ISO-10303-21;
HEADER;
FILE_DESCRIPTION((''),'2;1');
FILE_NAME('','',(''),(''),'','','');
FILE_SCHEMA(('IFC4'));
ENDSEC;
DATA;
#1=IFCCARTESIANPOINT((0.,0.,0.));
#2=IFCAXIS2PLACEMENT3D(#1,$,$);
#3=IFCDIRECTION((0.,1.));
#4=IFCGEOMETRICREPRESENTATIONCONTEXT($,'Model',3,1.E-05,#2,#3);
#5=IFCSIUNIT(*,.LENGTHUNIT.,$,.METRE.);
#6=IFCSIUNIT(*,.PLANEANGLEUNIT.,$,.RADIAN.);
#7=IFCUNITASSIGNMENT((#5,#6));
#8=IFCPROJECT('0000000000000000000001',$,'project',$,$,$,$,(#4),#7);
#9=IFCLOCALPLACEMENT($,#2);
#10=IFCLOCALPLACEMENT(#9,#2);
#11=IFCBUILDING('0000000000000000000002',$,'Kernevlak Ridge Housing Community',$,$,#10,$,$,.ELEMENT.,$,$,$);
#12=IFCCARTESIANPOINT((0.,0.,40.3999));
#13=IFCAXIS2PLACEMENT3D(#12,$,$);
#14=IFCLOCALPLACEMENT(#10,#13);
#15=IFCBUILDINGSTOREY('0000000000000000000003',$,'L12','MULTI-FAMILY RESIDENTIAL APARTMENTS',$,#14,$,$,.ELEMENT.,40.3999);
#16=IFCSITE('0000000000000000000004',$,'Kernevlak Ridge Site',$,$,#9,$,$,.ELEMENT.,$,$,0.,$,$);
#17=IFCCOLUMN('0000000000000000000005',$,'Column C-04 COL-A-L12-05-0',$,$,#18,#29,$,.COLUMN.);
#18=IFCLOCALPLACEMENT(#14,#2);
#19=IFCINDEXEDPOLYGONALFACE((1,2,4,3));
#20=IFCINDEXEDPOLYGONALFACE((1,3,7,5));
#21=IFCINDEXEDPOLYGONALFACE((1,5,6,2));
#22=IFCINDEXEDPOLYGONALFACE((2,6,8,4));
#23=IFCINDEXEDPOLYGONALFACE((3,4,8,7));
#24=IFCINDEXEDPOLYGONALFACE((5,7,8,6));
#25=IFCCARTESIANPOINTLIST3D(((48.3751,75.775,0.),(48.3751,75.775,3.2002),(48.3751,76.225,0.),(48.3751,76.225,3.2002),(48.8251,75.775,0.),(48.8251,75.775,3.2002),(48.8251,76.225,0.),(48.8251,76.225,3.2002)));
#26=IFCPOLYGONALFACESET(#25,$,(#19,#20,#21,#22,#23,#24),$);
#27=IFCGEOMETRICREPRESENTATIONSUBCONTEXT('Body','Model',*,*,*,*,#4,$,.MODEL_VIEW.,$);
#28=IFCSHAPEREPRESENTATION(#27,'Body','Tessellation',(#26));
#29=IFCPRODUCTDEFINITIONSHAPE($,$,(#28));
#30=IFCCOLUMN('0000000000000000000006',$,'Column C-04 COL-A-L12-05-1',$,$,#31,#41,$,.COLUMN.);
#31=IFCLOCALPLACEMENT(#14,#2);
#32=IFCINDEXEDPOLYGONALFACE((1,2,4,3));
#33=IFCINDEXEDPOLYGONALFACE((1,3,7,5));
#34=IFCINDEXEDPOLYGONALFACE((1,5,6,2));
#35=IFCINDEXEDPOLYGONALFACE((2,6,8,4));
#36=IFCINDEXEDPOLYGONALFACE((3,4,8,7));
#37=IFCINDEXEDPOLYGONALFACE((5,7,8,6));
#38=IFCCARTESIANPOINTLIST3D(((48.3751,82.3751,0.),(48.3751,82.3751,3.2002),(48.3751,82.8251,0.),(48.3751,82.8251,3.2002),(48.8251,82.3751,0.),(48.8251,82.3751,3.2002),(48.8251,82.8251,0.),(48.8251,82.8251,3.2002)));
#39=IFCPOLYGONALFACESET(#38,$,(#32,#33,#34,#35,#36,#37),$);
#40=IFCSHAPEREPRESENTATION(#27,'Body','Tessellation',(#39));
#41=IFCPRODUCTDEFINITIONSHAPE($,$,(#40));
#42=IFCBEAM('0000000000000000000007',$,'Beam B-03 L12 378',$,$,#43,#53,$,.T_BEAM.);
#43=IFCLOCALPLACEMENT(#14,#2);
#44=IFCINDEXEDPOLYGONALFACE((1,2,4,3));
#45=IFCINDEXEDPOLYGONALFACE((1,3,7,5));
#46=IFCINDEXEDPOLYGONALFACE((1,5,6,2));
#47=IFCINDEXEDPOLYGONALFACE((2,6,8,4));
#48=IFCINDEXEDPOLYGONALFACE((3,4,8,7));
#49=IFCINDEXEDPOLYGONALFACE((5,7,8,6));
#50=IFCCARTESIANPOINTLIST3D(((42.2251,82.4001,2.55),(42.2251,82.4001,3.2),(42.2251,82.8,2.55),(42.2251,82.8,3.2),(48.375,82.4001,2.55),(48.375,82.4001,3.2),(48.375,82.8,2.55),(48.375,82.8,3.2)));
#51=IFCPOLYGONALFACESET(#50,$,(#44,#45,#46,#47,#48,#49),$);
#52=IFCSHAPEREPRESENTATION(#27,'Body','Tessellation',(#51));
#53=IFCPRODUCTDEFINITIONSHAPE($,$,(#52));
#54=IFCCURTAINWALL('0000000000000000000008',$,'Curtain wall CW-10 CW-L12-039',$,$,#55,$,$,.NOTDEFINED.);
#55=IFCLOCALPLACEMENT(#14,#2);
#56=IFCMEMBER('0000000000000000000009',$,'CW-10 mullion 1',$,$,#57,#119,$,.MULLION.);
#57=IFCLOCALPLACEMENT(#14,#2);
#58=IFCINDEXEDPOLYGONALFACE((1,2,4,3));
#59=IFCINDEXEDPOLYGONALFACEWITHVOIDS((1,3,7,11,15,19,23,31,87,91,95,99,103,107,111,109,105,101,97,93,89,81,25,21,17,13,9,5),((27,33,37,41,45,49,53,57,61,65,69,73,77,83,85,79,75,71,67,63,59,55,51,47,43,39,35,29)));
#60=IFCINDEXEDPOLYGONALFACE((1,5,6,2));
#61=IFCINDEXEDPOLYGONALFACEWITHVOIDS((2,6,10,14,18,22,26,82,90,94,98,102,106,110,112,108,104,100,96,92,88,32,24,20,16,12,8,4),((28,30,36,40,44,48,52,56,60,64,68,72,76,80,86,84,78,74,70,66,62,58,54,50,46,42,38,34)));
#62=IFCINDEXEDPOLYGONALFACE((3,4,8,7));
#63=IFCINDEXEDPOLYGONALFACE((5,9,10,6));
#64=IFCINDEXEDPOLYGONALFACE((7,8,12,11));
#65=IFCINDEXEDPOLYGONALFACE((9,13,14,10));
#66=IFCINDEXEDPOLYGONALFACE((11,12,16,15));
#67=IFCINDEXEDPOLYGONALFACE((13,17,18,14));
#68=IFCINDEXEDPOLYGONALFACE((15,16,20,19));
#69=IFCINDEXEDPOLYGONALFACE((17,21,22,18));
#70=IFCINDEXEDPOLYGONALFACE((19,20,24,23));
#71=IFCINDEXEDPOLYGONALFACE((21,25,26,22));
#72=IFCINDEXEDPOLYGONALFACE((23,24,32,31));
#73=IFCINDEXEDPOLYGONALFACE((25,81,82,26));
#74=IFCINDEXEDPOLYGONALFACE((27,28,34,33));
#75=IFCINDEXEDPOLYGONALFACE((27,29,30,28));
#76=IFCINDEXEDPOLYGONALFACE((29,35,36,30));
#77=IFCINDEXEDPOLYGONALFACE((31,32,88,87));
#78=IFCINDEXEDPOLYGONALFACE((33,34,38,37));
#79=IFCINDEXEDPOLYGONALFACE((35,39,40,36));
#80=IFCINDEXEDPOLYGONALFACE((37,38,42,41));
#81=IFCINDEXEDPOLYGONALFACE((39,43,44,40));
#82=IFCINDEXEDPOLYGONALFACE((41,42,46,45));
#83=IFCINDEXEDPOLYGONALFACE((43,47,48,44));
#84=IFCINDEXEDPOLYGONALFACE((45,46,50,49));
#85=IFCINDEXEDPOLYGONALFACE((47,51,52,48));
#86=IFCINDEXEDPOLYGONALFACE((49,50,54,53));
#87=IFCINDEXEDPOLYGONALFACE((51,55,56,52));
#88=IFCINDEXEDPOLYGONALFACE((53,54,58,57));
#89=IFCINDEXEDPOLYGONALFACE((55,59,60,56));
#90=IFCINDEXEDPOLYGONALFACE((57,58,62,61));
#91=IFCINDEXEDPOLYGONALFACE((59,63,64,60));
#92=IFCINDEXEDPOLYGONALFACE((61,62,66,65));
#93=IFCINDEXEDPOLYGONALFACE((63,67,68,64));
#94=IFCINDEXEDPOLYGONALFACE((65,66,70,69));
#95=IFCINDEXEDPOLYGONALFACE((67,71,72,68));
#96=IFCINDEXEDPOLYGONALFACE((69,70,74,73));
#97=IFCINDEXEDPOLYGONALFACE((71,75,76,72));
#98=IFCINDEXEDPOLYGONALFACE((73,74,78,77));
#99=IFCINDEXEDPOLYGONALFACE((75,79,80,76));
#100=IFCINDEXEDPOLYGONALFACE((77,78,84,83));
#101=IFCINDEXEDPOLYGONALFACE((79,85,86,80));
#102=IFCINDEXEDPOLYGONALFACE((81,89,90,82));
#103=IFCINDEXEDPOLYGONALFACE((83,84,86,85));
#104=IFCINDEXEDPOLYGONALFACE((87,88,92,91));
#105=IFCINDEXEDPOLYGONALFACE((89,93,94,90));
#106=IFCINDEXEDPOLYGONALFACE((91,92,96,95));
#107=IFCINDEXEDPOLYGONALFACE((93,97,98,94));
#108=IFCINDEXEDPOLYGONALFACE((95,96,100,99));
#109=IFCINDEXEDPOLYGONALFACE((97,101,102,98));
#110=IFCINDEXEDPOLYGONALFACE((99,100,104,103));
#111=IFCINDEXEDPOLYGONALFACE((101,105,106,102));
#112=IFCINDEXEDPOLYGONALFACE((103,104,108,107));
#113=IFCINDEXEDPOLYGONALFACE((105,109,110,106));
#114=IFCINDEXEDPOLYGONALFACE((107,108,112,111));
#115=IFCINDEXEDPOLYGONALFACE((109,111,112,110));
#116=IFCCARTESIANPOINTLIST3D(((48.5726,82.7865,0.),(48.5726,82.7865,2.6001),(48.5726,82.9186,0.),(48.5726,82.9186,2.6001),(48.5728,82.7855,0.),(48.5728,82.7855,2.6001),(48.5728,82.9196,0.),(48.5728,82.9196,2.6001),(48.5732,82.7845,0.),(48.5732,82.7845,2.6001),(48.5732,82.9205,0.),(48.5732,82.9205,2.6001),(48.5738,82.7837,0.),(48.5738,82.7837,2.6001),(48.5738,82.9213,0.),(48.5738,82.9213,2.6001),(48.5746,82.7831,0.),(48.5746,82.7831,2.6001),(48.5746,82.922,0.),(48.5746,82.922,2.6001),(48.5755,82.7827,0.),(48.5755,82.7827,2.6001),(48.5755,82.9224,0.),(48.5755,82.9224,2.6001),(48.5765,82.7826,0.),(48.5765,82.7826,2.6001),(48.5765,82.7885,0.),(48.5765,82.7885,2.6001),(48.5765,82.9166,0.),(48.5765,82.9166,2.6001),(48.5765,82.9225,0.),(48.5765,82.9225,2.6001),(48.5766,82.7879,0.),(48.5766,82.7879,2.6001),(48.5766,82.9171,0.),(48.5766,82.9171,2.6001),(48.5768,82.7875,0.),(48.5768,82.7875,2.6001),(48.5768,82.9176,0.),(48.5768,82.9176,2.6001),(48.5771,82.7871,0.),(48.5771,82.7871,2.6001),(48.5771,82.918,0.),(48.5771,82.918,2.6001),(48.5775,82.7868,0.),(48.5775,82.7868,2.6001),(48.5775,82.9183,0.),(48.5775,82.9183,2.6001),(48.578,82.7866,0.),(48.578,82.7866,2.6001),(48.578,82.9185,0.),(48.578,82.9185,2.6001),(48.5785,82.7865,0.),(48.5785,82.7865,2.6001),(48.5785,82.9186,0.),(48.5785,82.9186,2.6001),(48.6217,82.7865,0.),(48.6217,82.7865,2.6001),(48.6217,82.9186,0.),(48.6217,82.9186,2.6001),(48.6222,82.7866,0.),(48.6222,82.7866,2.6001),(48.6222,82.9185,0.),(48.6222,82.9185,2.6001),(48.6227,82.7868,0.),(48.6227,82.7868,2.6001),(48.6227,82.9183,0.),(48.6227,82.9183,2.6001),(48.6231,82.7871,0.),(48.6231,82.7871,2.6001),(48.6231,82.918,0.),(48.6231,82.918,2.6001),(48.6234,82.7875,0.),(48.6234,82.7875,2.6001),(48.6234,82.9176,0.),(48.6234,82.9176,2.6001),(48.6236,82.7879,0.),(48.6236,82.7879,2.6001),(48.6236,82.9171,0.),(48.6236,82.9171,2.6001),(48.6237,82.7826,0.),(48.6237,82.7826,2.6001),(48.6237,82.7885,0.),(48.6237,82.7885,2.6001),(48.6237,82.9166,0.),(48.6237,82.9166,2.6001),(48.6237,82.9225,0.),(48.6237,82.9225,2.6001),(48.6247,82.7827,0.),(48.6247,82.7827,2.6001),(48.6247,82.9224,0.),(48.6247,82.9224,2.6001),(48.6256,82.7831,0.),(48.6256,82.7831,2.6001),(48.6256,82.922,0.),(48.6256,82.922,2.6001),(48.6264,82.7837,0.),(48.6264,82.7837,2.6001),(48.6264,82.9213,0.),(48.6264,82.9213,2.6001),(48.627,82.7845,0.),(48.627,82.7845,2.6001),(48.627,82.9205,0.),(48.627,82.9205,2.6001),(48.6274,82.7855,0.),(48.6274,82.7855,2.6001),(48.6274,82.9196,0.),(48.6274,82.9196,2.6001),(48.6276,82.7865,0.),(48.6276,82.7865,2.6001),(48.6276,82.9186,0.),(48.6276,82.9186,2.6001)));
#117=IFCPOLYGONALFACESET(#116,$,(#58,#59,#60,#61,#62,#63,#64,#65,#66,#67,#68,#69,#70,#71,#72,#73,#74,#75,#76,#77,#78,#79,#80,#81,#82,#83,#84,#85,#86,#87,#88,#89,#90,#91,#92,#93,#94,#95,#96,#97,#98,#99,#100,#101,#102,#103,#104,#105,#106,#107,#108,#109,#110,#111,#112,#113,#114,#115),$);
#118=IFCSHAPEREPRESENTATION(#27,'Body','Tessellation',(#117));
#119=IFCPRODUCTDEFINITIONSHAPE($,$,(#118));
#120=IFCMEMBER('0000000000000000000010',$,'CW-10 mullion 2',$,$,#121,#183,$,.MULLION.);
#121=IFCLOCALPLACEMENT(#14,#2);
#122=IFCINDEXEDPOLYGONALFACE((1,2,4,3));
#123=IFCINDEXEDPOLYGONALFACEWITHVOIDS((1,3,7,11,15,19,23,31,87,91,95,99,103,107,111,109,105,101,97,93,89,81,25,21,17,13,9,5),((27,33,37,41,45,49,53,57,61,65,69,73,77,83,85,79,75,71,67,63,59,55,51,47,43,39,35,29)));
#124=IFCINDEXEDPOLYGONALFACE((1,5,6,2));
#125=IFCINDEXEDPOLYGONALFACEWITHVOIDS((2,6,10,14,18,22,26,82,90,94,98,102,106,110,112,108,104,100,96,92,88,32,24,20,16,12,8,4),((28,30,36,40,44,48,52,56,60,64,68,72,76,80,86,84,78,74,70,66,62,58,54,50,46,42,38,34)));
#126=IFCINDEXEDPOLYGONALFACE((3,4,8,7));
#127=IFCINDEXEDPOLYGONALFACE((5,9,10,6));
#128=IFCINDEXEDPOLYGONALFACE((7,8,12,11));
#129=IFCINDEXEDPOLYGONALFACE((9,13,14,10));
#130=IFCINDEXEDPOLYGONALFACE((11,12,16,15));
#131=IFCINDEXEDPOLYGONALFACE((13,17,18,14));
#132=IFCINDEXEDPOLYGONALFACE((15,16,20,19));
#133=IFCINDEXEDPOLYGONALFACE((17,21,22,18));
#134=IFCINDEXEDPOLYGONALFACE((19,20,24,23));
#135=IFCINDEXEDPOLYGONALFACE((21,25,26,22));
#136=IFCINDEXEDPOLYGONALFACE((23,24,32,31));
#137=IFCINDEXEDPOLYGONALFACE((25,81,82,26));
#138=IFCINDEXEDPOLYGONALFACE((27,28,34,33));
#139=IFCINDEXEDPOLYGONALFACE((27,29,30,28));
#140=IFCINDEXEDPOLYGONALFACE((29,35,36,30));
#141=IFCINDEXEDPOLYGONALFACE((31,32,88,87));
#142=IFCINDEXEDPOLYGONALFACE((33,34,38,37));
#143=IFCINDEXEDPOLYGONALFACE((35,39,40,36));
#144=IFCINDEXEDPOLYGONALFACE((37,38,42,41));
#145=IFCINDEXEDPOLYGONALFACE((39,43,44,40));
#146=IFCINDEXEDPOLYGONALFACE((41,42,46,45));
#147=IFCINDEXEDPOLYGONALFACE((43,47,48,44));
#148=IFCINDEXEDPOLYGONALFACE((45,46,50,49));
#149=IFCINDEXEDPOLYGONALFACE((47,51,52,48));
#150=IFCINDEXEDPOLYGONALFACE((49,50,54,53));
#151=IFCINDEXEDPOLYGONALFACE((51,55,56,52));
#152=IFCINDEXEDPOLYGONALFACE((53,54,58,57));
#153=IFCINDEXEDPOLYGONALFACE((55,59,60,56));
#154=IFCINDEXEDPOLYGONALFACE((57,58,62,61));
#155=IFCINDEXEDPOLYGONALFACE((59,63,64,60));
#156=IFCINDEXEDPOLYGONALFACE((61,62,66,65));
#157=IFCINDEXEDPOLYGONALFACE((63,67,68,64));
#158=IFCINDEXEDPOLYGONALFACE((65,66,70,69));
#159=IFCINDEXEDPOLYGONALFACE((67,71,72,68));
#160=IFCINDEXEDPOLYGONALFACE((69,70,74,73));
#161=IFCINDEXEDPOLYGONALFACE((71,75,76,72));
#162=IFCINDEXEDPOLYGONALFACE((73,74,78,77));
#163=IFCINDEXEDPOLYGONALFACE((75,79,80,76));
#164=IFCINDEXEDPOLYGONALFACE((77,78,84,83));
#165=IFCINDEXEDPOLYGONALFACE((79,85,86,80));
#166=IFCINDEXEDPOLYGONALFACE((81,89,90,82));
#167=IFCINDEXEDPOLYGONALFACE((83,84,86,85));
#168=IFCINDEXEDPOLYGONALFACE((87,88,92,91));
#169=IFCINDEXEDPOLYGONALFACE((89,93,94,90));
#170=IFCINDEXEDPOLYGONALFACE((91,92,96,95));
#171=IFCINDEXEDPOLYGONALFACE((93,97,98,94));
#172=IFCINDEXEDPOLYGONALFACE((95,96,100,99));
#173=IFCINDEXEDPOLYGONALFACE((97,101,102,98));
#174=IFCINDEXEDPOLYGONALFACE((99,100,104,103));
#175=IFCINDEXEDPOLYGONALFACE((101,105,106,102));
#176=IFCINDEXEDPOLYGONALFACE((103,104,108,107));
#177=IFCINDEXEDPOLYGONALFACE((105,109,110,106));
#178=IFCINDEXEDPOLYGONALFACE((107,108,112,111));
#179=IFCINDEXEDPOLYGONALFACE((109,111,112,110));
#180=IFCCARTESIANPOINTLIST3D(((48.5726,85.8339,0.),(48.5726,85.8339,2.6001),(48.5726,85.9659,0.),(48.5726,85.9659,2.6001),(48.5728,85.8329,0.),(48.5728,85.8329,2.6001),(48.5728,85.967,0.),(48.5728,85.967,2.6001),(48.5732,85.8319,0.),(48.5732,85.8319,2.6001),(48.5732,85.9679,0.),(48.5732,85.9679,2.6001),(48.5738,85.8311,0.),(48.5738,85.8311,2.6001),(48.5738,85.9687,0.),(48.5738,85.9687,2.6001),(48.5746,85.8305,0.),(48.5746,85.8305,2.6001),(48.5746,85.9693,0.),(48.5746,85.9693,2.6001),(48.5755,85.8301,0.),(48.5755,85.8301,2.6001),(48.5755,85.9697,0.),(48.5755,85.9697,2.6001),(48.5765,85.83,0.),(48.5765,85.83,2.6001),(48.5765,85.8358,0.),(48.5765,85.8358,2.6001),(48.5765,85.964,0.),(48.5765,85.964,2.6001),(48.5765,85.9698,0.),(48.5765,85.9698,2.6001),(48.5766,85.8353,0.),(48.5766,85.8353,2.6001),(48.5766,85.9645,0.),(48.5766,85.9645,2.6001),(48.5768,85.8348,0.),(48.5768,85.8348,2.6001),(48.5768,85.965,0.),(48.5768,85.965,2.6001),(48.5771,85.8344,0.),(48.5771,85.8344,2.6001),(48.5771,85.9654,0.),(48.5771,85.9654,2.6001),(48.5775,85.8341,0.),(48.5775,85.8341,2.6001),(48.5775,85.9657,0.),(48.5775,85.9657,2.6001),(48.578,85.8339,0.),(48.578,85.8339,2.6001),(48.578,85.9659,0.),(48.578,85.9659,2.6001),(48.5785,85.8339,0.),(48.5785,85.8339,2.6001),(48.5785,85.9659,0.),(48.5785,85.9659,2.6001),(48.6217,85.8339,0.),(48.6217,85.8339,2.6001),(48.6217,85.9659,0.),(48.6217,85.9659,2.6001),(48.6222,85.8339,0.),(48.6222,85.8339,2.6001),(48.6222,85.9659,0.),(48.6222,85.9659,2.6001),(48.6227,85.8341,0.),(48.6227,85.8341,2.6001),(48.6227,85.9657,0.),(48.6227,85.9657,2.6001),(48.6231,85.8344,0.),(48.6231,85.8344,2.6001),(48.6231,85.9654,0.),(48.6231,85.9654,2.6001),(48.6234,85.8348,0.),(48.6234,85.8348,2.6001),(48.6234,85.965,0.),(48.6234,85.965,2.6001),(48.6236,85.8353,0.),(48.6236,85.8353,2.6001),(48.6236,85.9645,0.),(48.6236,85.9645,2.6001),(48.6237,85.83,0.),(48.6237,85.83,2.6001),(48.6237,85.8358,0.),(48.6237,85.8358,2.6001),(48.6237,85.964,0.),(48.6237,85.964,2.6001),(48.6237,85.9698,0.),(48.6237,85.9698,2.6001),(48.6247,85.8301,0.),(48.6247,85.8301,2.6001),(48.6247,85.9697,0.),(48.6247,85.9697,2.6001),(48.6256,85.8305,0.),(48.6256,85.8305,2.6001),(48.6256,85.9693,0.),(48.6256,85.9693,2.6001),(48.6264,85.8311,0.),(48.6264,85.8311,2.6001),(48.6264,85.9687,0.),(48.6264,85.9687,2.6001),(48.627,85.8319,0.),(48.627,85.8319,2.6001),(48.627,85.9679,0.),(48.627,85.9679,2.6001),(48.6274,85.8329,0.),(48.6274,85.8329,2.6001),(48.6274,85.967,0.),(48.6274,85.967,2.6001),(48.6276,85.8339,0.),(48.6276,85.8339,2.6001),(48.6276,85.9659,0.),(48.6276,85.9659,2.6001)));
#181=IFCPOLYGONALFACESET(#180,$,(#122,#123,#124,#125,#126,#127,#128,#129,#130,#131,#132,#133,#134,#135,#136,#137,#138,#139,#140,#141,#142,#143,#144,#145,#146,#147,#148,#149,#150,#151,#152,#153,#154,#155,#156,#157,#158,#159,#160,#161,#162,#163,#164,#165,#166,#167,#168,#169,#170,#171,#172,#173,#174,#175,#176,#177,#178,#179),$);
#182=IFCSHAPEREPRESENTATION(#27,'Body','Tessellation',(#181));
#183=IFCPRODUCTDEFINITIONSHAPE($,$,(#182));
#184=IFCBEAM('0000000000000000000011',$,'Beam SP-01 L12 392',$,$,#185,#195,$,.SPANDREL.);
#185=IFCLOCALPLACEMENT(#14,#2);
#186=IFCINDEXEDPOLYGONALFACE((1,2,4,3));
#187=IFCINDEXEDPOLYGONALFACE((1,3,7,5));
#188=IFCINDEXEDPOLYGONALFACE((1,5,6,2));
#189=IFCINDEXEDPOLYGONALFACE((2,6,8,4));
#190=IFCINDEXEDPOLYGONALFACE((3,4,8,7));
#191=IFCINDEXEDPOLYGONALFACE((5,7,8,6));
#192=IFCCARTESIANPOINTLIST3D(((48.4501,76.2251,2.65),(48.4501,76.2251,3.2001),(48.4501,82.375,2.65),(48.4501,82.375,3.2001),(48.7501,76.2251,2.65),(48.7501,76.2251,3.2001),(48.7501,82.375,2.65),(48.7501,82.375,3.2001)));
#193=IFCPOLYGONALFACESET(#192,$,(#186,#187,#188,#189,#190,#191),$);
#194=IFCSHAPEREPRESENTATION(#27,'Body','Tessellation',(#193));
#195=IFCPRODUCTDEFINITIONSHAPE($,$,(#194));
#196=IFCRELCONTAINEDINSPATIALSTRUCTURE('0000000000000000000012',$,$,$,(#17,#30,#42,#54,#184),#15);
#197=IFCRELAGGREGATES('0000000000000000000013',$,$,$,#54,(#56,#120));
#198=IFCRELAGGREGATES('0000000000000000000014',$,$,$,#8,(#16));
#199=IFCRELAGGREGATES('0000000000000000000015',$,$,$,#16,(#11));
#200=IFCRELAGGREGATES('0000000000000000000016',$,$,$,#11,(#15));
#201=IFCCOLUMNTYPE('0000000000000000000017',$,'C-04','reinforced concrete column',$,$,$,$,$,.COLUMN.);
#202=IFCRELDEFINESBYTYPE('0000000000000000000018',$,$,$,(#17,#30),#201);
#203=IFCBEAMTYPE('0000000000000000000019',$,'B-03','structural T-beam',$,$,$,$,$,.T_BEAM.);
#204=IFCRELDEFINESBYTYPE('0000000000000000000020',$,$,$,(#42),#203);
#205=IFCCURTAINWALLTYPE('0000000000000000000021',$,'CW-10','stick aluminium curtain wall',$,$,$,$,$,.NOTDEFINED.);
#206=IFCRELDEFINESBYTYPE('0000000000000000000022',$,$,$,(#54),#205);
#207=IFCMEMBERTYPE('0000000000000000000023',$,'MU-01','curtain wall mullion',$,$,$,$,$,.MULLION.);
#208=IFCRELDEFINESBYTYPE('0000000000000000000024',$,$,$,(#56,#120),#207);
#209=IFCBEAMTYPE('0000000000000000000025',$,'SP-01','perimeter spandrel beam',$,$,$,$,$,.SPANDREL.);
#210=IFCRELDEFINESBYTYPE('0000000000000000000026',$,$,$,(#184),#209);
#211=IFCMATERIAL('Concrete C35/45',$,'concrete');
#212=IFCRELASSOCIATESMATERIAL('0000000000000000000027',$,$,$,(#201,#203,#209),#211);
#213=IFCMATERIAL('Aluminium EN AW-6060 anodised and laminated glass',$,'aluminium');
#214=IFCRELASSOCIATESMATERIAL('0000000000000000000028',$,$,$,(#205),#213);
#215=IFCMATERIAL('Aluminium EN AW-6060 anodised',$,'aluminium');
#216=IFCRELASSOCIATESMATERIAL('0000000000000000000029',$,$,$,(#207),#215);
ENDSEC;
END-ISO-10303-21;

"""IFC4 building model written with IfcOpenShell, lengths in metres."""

from ifc_helpers import new_model, si_unit, direction, frame, origin, origin_2d, place, context, subcontext, project, spatial, rectangle, hollow_rectangle, extrude, material, material_profile, profile_set, type_object, element, aggregate, save


model = new_model("IFC4")

# Units and contexts
model_context = context("Model", 3, precision=1e-05, world=origin(), true_north=direction((0.0, 1.0)))
body_context = subcontext(model_context, "Body", "Model", "MODEL_VIEW")
ifc_project = project(units=[si_unit("LENGTHUNIT", "METRE"), si_unit("PLANEANGLEUNIT", "RADIAN")], contexts=[model_context])

# Site, building, storey
site_placement = place(None, origin())
site = spatial("IfcSite", under=ifc_project, at=site_placement, Name="Kernevlak Ridge Site", CompositionType="ELEMENT", RefElevation=0.0)
building_placement = place(site_placement, origin())
building = spatial("IfcBuilding", under=site, at=building_placement, Name="Kernevlak Ridge Housing Community", CompositionType="ELEMENT")
storey_placement = place(building_placement, frame((0.0, 0.0, 40.3999)))
storey = spatial("IfcBuildingStorey", under=building, at=storey_placement, Name="L12", Description="MULTI-FAMILY RESIDENTIAL APARTMENTS", CompositionType="ELEMENT", Elevation=40.3999)

# Columns
ifc_material_1 = material(Name="Concrete C35/45", Category="concrete")
ifc_material_profile_1 = material_profile(ifc_material_1, rectangle(XDim=0.45, YDim=0.45, at=origin_2d()), Name="RC 450x450")
ifc_profile_set_1 = profile_set([ifc_material_profile_1], Name="Concrete C35/45")
column_type = type_object("IfcColumnType", Name="C-04", Description="reinforced concrete column", PredefinedType="COLUMN", material=ifc_profile_set_1)
for number, where, z_axis, x_axis, name in (
    (1, (48.6001, 76.0, 0.0), (0.0, 0.0, 1.0), (1.0, 0.0, 0.0), "Column C-04 COL-A-L12-05-0"),
    (2, (48.6001, 82.6001, 0.0), (0.0, 0.0, 1.0), (1.0, 0.0, 0.0), "Column C-04 COL-A-L12-05-1"),
):
    element("IfcColumn", number, at=place(storey_placement, frame(where, z_axis=z_axis, x_axis=x_axis)), inside=storey, type_object=column_type, Name=name, PredefinedType="COLUMN", context=body_context, shape_type="SweptSolid", body=[
        extrude(rectangle(XDim=0.45, YDim=0.45, at=origin_2d()), origin(), (0.0, 0.0, 1.0), 3.2002),
    ])

# Beam
ifc_material_profile_2 = material_profile(ifc_material_1, rectangle(XDim=0.3999, YDim=0.6499, at=origin_2d()), Name="RC 400x650")
ifc_profile_set_2 = profile_set([ifc_material_profile_2], Name="Concrete C35/45")
beam_type_1 = type_object("IfcBeamType", Name="B-03", Description="structural T-beam", PredefinedType="T_BEAM", material=ifc_profile_set_2)
beam_1_placement = place(storey_placement, frame((42.2251, 82.6001, 2.875), z_axis=(1.0, 0.0, 0.0), x_axis=(0.0, 1.0, 0.0)))
element("IfcBeam", 3, at=beam_1_placement, inside=storey, type_object=beam_type_1, Name="Beam B-03 L12 378", PredefinedType="T_BEAM", context=body_context, shape_type="SweptSolid", body=[
    extrude(rectangle(XDim=0.3999, YDim=0.6499, at=origin_2d()), origin(), (0.0, 0.0, 1.0), 6.1499),
])

# Curtain wall, members
ifc_material_2 = material(Name="Aluminium EN AW-6060 anodised and laminated glass", Category="aluminium")
curtain_wall_type = type_object("IfcCurtainWallType", Name="CW-10", Description="stick aluminium curtain wall", PredefinedType="NOTDEFINED", material=ifc_material_2)
curtain_wall_placement = place(storey_placement, origin())
curtain_wall = element("IfcCurtainWall", 4, at=curtain_wall_placement, inside=storey, type_object=curtain_wall_type, Name="Curtain wall CW-10 CW-L12-039", PredefinedType="NOTDEFINED")
ifc_material_3 = material(Name="Aluminium EN AW-6060 anodised", Category="aluminium")
ifc_material_profile_3 = material_profile(ifc_material_3, hollow_rectangle(XDim=0.0549, YDim=0.1399, WallThickness=0.0039, InnerFilletRadius=0.002, OuterFilletRadius=0.0039, at=origin_2d()), Name="ALU 55x140x4")
ifc_profile_set_3 = profile_set([ifc_material_profile_3], Name="Aluminium EN AW-6060 anodised")
member_type_1 = type_object("IfcMemberType", Name="MU-01", Description="curtain wall mullion", PredefinedType="MULLION", material=ifc_profile_set_3)
member_1_placement = place(storey_placement, frame((48.6001, 82.8525, 0.0), z_axis=(0.0, 0.0, 1.0), x_axis=(-1.0, 0.0, 0.0)))
member_1 = element("IfcMember", 5, at=member_1_placement, type_object=member_type_1, Name="CW-10 mullion 1", PredefinedType="MULLION", context=body_context, shape_type="SweptSolid", body=[
    extrude(hollow_rectangle(XDim=0.0549, YDim=0.1399, WallThickness=0.0039, InnerFilletRadius=0.002, OuterFilletRadius=0.0039, at=origin_2d()), origin(), (0.0, 0.0, 1.0), 2.6001),
])
member_2_placement = place(storey_placement, frame((48.6001, 85.8999, 0.0), z_axis=(0.0, 0.0, 1.0), x_axis=(-1.0, 0.0, 0.0)))
member_2 = element("IfcMember", 6, at=member_2_placement, type_object=member_type_1, Name="CW-10 mullion 2", PredefinedType="MULLION", context=body_context, shape_type="SweptSolid", body=[
    extrude(hollow_rectangle(XDim=0.0549, YDim=0.1399, WallThickness=0.0039, InnerFilletRadius=0.002, OuterFilletRadius=0.0039, at=origin_2d()), origin(), (0.0, 0.0, 1.0), 2.6001),
])

# Beam
ifc_material_profile_4 = material_profile(ifc_material_1, rectangle(XDim=0.3, YDim=0.55, at=origin_2d()), Name="RC 300x550")
ifc_profile_set_4 = profile_set([ifc_material_profile_4], Name="Concrete C35/45")
beam_type_2 = type_object("IfcBeamType", Name="SP-01", Description="perimeter spandrel beam", PredefinedType="SPANDREL", material=ifc_profile_set_4)
beam_2_placement = place(storey_placement, frame((48.6001, 76.2251, 2.925), z_axis=(0.0, 1.0, 0.0), x_axis=(-1.0, 0.0, 0.0)))
element("IfcBeam", 7, at=beam_2_placement, inside=storey, type_object=beam_type_2, Name="Beam SP-01 L12 392", PredefinedType="SPANDREL", context=body_context, shape_type="SweptSolid", body=[
    extrude(rectangle(XDim=0.3, YDim=0.55, at=origin_2d()), origin(), (0.0, 0.0, 1.0), 6.1499),
])

aggregate(curtain_wall, [member_1, member_2])

save(model, "model.ifc")
